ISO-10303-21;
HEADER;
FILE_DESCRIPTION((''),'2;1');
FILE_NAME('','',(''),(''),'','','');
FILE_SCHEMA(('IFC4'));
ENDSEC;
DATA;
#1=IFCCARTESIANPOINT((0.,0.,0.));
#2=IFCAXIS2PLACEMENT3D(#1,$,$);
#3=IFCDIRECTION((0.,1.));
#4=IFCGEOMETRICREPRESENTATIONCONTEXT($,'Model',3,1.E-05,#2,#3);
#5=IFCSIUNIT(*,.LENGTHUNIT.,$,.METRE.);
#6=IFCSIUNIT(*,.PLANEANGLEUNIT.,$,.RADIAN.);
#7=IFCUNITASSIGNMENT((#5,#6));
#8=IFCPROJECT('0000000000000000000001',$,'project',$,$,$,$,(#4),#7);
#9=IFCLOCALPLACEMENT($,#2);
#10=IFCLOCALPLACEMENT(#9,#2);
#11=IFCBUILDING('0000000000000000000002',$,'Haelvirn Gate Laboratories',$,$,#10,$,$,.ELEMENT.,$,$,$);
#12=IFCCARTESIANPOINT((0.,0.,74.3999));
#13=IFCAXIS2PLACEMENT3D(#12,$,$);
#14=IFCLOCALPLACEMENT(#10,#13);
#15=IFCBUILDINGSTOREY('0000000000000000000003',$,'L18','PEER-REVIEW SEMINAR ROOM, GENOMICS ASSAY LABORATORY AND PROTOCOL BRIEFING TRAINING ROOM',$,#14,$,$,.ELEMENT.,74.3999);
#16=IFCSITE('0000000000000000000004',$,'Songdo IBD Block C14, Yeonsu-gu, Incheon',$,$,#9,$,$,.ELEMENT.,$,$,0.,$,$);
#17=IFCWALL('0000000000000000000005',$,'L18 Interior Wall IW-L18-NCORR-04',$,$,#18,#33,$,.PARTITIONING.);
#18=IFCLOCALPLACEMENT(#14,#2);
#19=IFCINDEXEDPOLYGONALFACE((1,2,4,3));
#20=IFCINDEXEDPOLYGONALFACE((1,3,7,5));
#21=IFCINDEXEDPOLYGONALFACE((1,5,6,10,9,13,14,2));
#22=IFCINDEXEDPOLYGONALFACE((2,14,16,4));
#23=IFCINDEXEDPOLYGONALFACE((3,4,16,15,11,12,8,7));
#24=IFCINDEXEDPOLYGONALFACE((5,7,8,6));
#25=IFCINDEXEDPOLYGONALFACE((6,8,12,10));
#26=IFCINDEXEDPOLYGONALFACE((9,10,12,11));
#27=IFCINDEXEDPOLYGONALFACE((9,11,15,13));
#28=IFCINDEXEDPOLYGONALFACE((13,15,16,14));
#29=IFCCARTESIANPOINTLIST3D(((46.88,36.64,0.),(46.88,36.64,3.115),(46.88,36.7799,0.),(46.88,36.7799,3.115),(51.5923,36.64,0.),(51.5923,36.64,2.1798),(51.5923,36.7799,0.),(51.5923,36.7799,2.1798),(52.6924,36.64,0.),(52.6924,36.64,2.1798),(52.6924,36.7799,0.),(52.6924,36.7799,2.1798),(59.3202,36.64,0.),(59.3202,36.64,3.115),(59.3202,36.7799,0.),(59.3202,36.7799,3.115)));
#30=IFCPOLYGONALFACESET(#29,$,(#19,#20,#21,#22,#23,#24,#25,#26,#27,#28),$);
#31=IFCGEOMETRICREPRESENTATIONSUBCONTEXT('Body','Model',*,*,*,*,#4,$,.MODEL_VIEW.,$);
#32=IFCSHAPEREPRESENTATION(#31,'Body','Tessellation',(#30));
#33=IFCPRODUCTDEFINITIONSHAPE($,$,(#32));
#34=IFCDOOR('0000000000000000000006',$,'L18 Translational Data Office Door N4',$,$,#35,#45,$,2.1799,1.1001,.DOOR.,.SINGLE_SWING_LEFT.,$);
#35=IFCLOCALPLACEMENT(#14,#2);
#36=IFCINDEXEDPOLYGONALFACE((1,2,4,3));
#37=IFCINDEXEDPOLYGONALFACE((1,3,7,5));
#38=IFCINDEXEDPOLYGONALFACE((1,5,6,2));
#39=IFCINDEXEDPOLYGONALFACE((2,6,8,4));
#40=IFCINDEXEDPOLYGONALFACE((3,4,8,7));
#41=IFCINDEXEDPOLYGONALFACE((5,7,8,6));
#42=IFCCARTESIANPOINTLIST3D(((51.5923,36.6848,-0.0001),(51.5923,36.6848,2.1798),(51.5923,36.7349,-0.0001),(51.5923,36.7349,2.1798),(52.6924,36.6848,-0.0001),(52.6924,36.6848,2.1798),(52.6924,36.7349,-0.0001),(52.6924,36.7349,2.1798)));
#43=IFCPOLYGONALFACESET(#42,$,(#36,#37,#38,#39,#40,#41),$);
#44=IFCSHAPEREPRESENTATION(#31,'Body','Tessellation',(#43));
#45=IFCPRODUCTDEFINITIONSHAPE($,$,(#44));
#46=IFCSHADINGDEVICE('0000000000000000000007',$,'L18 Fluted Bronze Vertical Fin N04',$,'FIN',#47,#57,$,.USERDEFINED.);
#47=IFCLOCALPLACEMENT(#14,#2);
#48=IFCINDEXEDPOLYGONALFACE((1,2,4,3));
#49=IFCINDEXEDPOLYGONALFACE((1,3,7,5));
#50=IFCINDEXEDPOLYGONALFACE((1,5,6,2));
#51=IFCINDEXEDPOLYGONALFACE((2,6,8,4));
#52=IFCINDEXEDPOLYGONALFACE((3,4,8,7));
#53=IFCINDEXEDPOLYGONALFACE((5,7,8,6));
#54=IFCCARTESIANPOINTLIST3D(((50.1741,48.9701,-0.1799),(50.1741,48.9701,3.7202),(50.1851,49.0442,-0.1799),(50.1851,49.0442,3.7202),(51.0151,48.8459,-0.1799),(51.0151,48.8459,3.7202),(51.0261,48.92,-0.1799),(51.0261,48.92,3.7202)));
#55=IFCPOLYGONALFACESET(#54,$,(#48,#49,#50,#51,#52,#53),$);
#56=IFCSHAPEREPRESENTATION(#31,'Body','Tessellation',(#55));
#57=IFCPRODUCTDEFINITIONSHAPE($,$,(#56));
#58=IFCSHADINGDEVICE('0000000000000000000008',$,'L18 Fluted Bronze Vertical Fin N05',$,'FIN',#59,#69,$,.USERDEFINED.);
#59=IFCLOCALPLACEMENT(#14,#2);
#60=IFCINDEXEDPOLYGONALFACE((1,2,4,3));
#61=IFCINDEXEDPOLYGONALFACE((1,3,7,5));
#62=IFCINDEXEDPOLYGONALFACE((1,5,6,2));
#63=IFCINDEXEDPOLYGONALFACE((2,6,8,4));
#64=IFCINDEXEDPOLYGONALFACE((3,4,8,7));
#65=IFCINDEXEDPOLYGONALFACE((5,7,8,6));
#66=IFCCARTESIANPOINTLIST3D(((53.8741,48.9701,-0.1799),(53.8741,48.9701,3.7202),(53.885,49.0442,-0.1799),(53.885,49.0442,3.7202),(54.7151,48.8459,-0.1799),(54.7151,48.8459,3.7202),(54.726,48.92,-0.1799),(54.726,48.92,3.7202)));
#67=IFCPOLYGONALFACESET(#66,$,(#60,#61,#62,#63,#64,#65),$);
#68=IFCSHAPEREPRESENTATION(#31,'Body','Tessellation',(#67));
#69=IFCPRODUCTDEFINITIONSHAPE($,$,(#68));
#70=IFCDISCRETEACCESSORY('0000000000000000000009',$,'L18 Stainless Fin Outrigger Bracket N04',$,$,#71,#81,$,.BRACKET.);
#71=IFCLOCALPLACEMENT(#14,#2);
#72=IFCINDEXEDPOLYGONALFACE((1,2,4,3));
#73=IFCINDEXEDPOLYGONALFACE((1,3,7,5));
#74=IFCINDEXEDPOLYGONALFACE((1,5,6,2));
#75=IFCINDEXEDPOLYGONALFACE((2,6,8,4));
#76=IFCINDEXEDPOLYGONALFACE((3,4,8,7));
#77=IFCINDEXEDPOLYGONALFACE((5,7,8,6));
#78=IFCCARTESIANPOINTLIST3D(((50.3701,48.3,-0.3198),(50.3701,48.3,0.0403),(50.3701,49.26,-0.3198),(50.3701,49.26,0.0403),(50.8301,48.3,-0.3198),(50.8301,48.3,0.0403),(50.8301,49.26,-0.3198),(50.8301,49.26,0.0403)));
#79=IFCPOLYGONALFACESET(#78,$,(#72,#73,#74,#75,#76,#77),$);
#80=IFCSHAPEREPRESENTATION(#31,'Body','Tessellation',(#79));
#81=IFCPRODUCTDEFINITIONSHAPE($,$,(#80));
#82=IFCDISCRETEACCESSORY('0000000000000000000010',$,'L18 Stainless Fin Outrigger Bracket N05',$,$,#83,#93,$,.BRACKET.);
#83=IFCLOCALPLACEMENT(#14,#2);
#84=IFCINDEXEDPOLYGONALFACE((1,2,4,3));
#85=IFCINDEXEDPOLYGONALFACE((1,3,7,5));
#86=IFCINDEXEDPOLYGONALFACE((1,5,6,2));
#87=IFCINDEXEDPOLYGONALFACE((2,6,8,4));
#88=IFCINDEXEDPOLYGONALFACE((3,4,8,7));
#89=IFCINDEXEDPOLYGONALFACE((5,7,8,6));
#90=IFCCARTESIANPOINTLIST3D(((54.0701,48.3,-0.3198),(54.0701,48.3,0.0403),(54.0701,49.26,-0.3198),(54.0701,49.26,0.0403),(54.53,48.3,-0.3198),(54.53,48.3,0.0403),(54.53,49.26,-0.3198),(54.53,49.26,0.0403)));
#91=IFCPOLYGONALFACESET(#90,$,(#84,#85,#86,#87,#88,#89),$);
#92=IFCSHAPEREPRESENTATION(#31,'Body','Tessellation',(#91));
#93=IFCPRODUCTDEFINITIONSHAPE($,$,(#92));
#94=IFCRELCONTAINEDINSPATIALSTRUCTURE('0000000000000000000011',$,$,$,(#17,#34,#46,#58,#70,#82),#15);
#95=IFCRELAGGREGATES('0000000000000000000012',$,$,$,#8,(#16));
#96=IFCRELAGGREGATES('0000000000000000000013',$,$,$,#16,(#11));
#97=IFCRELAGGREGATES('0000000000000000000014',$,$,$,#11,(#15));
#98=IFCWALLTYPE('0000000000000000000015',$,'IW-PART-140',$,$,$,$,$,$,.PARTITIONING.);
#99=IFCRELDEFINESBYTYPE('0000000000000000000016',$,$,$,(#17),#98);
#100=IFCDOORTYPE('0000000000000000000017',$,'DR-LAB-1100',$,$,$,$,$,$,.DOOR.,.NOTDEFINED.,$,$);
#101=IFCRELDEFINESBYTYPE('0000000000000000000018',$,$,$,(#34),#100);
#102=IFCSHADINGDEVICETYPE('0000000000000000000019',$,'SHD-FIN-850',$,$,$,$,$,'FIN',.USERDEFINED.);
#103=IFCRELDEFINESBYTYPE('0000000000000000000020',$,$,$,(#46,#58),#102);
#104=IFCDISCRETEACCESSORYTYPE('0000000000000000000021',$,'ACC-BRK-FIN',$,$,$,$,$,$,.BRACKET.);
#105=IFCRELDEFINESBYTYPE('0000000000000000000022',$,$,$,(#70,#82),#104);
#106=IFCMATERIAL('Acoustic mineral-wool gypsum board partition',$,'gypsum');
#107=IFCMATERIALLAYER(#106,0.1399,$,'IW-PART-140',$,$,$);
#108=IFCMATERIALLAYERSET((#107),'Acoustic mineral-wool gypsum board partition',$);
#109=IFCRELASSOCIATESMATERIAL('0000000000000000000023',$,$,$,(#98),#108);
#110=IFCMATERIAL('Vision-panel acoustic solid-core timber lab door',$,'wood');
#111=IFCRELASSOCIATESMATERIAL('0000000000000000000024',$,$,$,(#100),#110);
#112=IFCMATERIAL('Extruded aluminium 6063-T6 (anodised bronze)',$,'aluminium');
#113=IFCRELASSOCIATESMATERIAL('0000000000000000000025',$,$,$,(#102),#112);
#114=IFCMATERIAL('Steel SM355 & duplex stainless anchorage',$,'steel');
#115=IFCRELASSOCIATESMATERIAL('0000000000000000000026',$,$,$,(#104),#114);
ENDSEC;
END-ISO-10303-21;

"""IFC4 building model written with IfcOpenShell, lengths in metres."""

from ifc_helpers import new_model, si_unit, direction, frame, frame_2d, origin, origin_2d, place, context, subcontext, project, spatial, rectangle, extrude, source, transform, mapped, material, layer, layer_set, material_profile, profile_set, type_object, type_shapes, element, fill, save


model = new_model("IFC4")

# Units and contexts
model_context = context("Model", 3, precision=1e-05, world=origin(), true_north=direction((0.0, 1.0)))
body_context = subcontext(model_context, "Body", "Model", "MODEL_VIEW")
ifc_project = project(units=[si_unit("LENGTHUNIT", "METRE"), si_unit("PLANEANGLEUNIT", "RADIAN")], contexts=[model_context])

# Site, building, storey
site_placement = place(None, origin())
site = spatial("IfcSite", under=ifc_project, at=site_placement, Name="Songdo IBD Block C14, Yeonsu-gu, Incheon", CompositionType="ELEMENT", RefElevation=0.0)
building_placement = place(site_placement, origin())
building = spatial("IfcBuilding", under=site, at=building_placement, Name="Haelvirn Gate Laboratories", CompositionType="ELEMENT")
storey_placement = place(building_placement, frame((0.0, 0.0, 74.3999)))
storey = spatial("IfcBuildingStorey", under=building, at=storey_placement, Name="L18", Description="PEER-REVIEW SEMINAR ROOM, GENOMICS ASSAY LABORATORY AND PROTOCOL BRIEFING TRAINING ROOM", CompositionType="ELEMENT", Elevation=74.3999)

# Shared definitions
ifc_material_1 = material(Name="Extruded aluminium 6063-T6 (anodised bronze)", Category="aluminium")

# Wall, opening, door
ifc_material_2 = material(Name="Acoustic mineral-wool gypsum board partition", Category="gypsum")
ifc_layer_1 = layer(ifc_material_2, 0.1399, Name="IW-PART-140")
ifc_layer_set_1 = layer_set([ifc_layer_1], Name="Acoustic mineral-wool gypsum board partition")
wall_type_1 = type_object("IfcWallType", Name="IW-PART-140", PredefinedType="PARTITIONING", material=ifc_layer_set_1)
wall_1_placement = place(storey_placement, frame((46.8799, 36.71, 0.0), z_axis=(0.0, 0.0, 1.0), x_axis=(1.0, 0.0, 0.0)))
wall_1 = element("IfcWall", 1, at=wall_1_placement, inside=storey, type_object=wall_type_1, Name="L18 Interior Wall IW-L18-NCORR-04", PredefinedType="PARTITIONING", context=body_context, shape_type="SweptSolid", body=[
    extrude(rectangle(XDim=12.4402, YDim=0.1399, at=frame_2d((6.2202, 0.0))), origin(), (0.0, 0.0, 1.0), 3.115),
])
opening_placement = place(wall_1_placement, frame((4.7124, 0.0, 0.0)))
opening = element("IfcOpeningElement", 2, at=opening_placement, cuts=wall_1, PredefinedType="OPENING", context=body_context, shape_type="SweptSolid", body=[
    extrude(rectangle(XDim=1.1001, YDim=2.1799, at=frame_2d((0.55, 1.0898))), frame((0.0, 0.0801, 0.0), z_axis=(0.0, -1.0, 0.0), x_axis=(1.0, 0.0, 0.0)), (0.0, 0.0, 1.0), 0.1599),
])
ifc_material_3 = material(Name="Vision-panel acoustic solid-core timber lab door", Category="wood")
door_type = type_object("IfcDoorType", Name="DR-LAB-1100", OperationType="NOTDEFINED", PredefinedType="DOOR", material=ifc_material_3)
shared_shape_1 = source(origin(), body_context, "Body", "SweptSolid", [
    extrude(rectangle(XDim=1.1001, YDim=2.1799, at=frame_2d((0.55, 1.0898))), frame((0.0, 0.0249, 0.0), z_axis=(0.0, -1.0, 0.0), x_axis=(1.0, 0.0, 0.0)), (0.0, 0.0, 1.0), 0.05),
])
type_shapes(door_type, [shared_shape_1])
door_placement = place(opening_placement, origin())
door = element("IfcDoor", 3, at=door_placement, inside=storey, type_object=door_type, Name="L18 Translational Data Office Door N4", OperationType="SINGLE_SWING_LEFT", OverallHeight=2.1799, OverallWidth=1.1001, PredefinedType="DOOR", context=body_context, shape_type="MappedRepresentation", body=[
    mapped(shared_shape_1, transform((0.0, 0.0, 0.0), scale=1.0)),
])
fill(opening, door)

# Shading devices
ifc_material_profile_1 = material_profile(ifc_material_1, rectangle(XDim=0.075, YDim=0.8501, at=origin_2d()), Name="FIN-850x75")
ifc_profile_set_1 = profile_set([ifc_material_profile_1], Name="Extruded aluminium 6063-T6 (anodised bronze)")
shading_device_type = type_object("IfcShadingDeviceType", Name="SHD-FIN-850", ElementType="FIN", PredefinedType="USERDEFINED", material=ifc_profile_set_1)
shared_shape_2 = source(origin(), body_context, "Body", "SweptSolid", [
    extrude(rectangle(XDim=0.075, YDim=0.8501, at=origin_2d()), origin(), (0.0, 0.0, 1.0), 3.9001),
])
type_shapes(shading_device_type, [shared_shape_2])
for number, where, z_axis, x_axis, name in (
    (4, (50.6001, 48.9451, -0.1799), (0.0, 0.0, 1.0), (0.146083, 0.989272, 0.0), "L18 Fluted Bronze Vertical Fin N04"),
    (5, (54.3, 48.9451, -0.1799), (0.0, 0.0, 1.0), (0.146083, 0.989272, 0.0), "L18 Fluted Bronze Vertical Fin N05"),
):
    element("IfcShadingDevice", number, at=place(storey_placement, frame(where, z_axis=z_axis, x_axis=x_axis)), inside=storey, type_object=shading_device_type, Name=name, ObjectType="FIN", PredefinedType="USERDEFINED", context=body_context, shape_type="MappedRepresentation", body=[
        mapped(shared_shape_2, transform((0.0, 0.0, 0.0), scale=1.0)),
    ])

# Discrete accessories
ifc_material_4 = material(Name="Steel SM355 & duplex stainless anchorage", Category="steel")
discrete_accessory_type = type_object("IfcDiscreteAccessoryType", Name="ACC-BRK-FIN", PredefinedType="BRACKET", material=ifc_material_4)
shared_shape_3 = source(origin(), body_context, "Body", "SweptSolid", [
    extrude(rectangle(XDim=0.46, YDim=0.96, at=origin_2d()), origin(), (0.0, 0.0, 1.0), 0.3601),
])
type_shapes(discrete_accessory_type, [shared_shape_3])
for number, where, z_axis, x_axis, name in (
    (6, (50.6001, 48.78, -0.3198), (0.0, 0.0, 1.0), (1.0, 0.0, 0.0), "L18 Stainless Fin Outrigger Bracket N04"),
    (7, (54.3, 48.78, -0.3198), (0.0, 0.0, 1.0), (1.0, 0.0, 0.0), "L18 Stainless Fin Outrigger Bracket N05"),
):
    element("IfcDiscreteAccessory", number, at=place(storey_placement, frame(where, z_axis=z_axis, x_axis=x_axis)), inside=storey, type_object=discrete_accessory_type, Name=name, PredefinedType="BRACKET", context=body_context, shape_type="MappedRepresentation", body=[
        mapped(shared_shape_3, transform((0.0, 0.0, 0.0), scale=1.0)),
    ])

save(model, "model.ifc")
